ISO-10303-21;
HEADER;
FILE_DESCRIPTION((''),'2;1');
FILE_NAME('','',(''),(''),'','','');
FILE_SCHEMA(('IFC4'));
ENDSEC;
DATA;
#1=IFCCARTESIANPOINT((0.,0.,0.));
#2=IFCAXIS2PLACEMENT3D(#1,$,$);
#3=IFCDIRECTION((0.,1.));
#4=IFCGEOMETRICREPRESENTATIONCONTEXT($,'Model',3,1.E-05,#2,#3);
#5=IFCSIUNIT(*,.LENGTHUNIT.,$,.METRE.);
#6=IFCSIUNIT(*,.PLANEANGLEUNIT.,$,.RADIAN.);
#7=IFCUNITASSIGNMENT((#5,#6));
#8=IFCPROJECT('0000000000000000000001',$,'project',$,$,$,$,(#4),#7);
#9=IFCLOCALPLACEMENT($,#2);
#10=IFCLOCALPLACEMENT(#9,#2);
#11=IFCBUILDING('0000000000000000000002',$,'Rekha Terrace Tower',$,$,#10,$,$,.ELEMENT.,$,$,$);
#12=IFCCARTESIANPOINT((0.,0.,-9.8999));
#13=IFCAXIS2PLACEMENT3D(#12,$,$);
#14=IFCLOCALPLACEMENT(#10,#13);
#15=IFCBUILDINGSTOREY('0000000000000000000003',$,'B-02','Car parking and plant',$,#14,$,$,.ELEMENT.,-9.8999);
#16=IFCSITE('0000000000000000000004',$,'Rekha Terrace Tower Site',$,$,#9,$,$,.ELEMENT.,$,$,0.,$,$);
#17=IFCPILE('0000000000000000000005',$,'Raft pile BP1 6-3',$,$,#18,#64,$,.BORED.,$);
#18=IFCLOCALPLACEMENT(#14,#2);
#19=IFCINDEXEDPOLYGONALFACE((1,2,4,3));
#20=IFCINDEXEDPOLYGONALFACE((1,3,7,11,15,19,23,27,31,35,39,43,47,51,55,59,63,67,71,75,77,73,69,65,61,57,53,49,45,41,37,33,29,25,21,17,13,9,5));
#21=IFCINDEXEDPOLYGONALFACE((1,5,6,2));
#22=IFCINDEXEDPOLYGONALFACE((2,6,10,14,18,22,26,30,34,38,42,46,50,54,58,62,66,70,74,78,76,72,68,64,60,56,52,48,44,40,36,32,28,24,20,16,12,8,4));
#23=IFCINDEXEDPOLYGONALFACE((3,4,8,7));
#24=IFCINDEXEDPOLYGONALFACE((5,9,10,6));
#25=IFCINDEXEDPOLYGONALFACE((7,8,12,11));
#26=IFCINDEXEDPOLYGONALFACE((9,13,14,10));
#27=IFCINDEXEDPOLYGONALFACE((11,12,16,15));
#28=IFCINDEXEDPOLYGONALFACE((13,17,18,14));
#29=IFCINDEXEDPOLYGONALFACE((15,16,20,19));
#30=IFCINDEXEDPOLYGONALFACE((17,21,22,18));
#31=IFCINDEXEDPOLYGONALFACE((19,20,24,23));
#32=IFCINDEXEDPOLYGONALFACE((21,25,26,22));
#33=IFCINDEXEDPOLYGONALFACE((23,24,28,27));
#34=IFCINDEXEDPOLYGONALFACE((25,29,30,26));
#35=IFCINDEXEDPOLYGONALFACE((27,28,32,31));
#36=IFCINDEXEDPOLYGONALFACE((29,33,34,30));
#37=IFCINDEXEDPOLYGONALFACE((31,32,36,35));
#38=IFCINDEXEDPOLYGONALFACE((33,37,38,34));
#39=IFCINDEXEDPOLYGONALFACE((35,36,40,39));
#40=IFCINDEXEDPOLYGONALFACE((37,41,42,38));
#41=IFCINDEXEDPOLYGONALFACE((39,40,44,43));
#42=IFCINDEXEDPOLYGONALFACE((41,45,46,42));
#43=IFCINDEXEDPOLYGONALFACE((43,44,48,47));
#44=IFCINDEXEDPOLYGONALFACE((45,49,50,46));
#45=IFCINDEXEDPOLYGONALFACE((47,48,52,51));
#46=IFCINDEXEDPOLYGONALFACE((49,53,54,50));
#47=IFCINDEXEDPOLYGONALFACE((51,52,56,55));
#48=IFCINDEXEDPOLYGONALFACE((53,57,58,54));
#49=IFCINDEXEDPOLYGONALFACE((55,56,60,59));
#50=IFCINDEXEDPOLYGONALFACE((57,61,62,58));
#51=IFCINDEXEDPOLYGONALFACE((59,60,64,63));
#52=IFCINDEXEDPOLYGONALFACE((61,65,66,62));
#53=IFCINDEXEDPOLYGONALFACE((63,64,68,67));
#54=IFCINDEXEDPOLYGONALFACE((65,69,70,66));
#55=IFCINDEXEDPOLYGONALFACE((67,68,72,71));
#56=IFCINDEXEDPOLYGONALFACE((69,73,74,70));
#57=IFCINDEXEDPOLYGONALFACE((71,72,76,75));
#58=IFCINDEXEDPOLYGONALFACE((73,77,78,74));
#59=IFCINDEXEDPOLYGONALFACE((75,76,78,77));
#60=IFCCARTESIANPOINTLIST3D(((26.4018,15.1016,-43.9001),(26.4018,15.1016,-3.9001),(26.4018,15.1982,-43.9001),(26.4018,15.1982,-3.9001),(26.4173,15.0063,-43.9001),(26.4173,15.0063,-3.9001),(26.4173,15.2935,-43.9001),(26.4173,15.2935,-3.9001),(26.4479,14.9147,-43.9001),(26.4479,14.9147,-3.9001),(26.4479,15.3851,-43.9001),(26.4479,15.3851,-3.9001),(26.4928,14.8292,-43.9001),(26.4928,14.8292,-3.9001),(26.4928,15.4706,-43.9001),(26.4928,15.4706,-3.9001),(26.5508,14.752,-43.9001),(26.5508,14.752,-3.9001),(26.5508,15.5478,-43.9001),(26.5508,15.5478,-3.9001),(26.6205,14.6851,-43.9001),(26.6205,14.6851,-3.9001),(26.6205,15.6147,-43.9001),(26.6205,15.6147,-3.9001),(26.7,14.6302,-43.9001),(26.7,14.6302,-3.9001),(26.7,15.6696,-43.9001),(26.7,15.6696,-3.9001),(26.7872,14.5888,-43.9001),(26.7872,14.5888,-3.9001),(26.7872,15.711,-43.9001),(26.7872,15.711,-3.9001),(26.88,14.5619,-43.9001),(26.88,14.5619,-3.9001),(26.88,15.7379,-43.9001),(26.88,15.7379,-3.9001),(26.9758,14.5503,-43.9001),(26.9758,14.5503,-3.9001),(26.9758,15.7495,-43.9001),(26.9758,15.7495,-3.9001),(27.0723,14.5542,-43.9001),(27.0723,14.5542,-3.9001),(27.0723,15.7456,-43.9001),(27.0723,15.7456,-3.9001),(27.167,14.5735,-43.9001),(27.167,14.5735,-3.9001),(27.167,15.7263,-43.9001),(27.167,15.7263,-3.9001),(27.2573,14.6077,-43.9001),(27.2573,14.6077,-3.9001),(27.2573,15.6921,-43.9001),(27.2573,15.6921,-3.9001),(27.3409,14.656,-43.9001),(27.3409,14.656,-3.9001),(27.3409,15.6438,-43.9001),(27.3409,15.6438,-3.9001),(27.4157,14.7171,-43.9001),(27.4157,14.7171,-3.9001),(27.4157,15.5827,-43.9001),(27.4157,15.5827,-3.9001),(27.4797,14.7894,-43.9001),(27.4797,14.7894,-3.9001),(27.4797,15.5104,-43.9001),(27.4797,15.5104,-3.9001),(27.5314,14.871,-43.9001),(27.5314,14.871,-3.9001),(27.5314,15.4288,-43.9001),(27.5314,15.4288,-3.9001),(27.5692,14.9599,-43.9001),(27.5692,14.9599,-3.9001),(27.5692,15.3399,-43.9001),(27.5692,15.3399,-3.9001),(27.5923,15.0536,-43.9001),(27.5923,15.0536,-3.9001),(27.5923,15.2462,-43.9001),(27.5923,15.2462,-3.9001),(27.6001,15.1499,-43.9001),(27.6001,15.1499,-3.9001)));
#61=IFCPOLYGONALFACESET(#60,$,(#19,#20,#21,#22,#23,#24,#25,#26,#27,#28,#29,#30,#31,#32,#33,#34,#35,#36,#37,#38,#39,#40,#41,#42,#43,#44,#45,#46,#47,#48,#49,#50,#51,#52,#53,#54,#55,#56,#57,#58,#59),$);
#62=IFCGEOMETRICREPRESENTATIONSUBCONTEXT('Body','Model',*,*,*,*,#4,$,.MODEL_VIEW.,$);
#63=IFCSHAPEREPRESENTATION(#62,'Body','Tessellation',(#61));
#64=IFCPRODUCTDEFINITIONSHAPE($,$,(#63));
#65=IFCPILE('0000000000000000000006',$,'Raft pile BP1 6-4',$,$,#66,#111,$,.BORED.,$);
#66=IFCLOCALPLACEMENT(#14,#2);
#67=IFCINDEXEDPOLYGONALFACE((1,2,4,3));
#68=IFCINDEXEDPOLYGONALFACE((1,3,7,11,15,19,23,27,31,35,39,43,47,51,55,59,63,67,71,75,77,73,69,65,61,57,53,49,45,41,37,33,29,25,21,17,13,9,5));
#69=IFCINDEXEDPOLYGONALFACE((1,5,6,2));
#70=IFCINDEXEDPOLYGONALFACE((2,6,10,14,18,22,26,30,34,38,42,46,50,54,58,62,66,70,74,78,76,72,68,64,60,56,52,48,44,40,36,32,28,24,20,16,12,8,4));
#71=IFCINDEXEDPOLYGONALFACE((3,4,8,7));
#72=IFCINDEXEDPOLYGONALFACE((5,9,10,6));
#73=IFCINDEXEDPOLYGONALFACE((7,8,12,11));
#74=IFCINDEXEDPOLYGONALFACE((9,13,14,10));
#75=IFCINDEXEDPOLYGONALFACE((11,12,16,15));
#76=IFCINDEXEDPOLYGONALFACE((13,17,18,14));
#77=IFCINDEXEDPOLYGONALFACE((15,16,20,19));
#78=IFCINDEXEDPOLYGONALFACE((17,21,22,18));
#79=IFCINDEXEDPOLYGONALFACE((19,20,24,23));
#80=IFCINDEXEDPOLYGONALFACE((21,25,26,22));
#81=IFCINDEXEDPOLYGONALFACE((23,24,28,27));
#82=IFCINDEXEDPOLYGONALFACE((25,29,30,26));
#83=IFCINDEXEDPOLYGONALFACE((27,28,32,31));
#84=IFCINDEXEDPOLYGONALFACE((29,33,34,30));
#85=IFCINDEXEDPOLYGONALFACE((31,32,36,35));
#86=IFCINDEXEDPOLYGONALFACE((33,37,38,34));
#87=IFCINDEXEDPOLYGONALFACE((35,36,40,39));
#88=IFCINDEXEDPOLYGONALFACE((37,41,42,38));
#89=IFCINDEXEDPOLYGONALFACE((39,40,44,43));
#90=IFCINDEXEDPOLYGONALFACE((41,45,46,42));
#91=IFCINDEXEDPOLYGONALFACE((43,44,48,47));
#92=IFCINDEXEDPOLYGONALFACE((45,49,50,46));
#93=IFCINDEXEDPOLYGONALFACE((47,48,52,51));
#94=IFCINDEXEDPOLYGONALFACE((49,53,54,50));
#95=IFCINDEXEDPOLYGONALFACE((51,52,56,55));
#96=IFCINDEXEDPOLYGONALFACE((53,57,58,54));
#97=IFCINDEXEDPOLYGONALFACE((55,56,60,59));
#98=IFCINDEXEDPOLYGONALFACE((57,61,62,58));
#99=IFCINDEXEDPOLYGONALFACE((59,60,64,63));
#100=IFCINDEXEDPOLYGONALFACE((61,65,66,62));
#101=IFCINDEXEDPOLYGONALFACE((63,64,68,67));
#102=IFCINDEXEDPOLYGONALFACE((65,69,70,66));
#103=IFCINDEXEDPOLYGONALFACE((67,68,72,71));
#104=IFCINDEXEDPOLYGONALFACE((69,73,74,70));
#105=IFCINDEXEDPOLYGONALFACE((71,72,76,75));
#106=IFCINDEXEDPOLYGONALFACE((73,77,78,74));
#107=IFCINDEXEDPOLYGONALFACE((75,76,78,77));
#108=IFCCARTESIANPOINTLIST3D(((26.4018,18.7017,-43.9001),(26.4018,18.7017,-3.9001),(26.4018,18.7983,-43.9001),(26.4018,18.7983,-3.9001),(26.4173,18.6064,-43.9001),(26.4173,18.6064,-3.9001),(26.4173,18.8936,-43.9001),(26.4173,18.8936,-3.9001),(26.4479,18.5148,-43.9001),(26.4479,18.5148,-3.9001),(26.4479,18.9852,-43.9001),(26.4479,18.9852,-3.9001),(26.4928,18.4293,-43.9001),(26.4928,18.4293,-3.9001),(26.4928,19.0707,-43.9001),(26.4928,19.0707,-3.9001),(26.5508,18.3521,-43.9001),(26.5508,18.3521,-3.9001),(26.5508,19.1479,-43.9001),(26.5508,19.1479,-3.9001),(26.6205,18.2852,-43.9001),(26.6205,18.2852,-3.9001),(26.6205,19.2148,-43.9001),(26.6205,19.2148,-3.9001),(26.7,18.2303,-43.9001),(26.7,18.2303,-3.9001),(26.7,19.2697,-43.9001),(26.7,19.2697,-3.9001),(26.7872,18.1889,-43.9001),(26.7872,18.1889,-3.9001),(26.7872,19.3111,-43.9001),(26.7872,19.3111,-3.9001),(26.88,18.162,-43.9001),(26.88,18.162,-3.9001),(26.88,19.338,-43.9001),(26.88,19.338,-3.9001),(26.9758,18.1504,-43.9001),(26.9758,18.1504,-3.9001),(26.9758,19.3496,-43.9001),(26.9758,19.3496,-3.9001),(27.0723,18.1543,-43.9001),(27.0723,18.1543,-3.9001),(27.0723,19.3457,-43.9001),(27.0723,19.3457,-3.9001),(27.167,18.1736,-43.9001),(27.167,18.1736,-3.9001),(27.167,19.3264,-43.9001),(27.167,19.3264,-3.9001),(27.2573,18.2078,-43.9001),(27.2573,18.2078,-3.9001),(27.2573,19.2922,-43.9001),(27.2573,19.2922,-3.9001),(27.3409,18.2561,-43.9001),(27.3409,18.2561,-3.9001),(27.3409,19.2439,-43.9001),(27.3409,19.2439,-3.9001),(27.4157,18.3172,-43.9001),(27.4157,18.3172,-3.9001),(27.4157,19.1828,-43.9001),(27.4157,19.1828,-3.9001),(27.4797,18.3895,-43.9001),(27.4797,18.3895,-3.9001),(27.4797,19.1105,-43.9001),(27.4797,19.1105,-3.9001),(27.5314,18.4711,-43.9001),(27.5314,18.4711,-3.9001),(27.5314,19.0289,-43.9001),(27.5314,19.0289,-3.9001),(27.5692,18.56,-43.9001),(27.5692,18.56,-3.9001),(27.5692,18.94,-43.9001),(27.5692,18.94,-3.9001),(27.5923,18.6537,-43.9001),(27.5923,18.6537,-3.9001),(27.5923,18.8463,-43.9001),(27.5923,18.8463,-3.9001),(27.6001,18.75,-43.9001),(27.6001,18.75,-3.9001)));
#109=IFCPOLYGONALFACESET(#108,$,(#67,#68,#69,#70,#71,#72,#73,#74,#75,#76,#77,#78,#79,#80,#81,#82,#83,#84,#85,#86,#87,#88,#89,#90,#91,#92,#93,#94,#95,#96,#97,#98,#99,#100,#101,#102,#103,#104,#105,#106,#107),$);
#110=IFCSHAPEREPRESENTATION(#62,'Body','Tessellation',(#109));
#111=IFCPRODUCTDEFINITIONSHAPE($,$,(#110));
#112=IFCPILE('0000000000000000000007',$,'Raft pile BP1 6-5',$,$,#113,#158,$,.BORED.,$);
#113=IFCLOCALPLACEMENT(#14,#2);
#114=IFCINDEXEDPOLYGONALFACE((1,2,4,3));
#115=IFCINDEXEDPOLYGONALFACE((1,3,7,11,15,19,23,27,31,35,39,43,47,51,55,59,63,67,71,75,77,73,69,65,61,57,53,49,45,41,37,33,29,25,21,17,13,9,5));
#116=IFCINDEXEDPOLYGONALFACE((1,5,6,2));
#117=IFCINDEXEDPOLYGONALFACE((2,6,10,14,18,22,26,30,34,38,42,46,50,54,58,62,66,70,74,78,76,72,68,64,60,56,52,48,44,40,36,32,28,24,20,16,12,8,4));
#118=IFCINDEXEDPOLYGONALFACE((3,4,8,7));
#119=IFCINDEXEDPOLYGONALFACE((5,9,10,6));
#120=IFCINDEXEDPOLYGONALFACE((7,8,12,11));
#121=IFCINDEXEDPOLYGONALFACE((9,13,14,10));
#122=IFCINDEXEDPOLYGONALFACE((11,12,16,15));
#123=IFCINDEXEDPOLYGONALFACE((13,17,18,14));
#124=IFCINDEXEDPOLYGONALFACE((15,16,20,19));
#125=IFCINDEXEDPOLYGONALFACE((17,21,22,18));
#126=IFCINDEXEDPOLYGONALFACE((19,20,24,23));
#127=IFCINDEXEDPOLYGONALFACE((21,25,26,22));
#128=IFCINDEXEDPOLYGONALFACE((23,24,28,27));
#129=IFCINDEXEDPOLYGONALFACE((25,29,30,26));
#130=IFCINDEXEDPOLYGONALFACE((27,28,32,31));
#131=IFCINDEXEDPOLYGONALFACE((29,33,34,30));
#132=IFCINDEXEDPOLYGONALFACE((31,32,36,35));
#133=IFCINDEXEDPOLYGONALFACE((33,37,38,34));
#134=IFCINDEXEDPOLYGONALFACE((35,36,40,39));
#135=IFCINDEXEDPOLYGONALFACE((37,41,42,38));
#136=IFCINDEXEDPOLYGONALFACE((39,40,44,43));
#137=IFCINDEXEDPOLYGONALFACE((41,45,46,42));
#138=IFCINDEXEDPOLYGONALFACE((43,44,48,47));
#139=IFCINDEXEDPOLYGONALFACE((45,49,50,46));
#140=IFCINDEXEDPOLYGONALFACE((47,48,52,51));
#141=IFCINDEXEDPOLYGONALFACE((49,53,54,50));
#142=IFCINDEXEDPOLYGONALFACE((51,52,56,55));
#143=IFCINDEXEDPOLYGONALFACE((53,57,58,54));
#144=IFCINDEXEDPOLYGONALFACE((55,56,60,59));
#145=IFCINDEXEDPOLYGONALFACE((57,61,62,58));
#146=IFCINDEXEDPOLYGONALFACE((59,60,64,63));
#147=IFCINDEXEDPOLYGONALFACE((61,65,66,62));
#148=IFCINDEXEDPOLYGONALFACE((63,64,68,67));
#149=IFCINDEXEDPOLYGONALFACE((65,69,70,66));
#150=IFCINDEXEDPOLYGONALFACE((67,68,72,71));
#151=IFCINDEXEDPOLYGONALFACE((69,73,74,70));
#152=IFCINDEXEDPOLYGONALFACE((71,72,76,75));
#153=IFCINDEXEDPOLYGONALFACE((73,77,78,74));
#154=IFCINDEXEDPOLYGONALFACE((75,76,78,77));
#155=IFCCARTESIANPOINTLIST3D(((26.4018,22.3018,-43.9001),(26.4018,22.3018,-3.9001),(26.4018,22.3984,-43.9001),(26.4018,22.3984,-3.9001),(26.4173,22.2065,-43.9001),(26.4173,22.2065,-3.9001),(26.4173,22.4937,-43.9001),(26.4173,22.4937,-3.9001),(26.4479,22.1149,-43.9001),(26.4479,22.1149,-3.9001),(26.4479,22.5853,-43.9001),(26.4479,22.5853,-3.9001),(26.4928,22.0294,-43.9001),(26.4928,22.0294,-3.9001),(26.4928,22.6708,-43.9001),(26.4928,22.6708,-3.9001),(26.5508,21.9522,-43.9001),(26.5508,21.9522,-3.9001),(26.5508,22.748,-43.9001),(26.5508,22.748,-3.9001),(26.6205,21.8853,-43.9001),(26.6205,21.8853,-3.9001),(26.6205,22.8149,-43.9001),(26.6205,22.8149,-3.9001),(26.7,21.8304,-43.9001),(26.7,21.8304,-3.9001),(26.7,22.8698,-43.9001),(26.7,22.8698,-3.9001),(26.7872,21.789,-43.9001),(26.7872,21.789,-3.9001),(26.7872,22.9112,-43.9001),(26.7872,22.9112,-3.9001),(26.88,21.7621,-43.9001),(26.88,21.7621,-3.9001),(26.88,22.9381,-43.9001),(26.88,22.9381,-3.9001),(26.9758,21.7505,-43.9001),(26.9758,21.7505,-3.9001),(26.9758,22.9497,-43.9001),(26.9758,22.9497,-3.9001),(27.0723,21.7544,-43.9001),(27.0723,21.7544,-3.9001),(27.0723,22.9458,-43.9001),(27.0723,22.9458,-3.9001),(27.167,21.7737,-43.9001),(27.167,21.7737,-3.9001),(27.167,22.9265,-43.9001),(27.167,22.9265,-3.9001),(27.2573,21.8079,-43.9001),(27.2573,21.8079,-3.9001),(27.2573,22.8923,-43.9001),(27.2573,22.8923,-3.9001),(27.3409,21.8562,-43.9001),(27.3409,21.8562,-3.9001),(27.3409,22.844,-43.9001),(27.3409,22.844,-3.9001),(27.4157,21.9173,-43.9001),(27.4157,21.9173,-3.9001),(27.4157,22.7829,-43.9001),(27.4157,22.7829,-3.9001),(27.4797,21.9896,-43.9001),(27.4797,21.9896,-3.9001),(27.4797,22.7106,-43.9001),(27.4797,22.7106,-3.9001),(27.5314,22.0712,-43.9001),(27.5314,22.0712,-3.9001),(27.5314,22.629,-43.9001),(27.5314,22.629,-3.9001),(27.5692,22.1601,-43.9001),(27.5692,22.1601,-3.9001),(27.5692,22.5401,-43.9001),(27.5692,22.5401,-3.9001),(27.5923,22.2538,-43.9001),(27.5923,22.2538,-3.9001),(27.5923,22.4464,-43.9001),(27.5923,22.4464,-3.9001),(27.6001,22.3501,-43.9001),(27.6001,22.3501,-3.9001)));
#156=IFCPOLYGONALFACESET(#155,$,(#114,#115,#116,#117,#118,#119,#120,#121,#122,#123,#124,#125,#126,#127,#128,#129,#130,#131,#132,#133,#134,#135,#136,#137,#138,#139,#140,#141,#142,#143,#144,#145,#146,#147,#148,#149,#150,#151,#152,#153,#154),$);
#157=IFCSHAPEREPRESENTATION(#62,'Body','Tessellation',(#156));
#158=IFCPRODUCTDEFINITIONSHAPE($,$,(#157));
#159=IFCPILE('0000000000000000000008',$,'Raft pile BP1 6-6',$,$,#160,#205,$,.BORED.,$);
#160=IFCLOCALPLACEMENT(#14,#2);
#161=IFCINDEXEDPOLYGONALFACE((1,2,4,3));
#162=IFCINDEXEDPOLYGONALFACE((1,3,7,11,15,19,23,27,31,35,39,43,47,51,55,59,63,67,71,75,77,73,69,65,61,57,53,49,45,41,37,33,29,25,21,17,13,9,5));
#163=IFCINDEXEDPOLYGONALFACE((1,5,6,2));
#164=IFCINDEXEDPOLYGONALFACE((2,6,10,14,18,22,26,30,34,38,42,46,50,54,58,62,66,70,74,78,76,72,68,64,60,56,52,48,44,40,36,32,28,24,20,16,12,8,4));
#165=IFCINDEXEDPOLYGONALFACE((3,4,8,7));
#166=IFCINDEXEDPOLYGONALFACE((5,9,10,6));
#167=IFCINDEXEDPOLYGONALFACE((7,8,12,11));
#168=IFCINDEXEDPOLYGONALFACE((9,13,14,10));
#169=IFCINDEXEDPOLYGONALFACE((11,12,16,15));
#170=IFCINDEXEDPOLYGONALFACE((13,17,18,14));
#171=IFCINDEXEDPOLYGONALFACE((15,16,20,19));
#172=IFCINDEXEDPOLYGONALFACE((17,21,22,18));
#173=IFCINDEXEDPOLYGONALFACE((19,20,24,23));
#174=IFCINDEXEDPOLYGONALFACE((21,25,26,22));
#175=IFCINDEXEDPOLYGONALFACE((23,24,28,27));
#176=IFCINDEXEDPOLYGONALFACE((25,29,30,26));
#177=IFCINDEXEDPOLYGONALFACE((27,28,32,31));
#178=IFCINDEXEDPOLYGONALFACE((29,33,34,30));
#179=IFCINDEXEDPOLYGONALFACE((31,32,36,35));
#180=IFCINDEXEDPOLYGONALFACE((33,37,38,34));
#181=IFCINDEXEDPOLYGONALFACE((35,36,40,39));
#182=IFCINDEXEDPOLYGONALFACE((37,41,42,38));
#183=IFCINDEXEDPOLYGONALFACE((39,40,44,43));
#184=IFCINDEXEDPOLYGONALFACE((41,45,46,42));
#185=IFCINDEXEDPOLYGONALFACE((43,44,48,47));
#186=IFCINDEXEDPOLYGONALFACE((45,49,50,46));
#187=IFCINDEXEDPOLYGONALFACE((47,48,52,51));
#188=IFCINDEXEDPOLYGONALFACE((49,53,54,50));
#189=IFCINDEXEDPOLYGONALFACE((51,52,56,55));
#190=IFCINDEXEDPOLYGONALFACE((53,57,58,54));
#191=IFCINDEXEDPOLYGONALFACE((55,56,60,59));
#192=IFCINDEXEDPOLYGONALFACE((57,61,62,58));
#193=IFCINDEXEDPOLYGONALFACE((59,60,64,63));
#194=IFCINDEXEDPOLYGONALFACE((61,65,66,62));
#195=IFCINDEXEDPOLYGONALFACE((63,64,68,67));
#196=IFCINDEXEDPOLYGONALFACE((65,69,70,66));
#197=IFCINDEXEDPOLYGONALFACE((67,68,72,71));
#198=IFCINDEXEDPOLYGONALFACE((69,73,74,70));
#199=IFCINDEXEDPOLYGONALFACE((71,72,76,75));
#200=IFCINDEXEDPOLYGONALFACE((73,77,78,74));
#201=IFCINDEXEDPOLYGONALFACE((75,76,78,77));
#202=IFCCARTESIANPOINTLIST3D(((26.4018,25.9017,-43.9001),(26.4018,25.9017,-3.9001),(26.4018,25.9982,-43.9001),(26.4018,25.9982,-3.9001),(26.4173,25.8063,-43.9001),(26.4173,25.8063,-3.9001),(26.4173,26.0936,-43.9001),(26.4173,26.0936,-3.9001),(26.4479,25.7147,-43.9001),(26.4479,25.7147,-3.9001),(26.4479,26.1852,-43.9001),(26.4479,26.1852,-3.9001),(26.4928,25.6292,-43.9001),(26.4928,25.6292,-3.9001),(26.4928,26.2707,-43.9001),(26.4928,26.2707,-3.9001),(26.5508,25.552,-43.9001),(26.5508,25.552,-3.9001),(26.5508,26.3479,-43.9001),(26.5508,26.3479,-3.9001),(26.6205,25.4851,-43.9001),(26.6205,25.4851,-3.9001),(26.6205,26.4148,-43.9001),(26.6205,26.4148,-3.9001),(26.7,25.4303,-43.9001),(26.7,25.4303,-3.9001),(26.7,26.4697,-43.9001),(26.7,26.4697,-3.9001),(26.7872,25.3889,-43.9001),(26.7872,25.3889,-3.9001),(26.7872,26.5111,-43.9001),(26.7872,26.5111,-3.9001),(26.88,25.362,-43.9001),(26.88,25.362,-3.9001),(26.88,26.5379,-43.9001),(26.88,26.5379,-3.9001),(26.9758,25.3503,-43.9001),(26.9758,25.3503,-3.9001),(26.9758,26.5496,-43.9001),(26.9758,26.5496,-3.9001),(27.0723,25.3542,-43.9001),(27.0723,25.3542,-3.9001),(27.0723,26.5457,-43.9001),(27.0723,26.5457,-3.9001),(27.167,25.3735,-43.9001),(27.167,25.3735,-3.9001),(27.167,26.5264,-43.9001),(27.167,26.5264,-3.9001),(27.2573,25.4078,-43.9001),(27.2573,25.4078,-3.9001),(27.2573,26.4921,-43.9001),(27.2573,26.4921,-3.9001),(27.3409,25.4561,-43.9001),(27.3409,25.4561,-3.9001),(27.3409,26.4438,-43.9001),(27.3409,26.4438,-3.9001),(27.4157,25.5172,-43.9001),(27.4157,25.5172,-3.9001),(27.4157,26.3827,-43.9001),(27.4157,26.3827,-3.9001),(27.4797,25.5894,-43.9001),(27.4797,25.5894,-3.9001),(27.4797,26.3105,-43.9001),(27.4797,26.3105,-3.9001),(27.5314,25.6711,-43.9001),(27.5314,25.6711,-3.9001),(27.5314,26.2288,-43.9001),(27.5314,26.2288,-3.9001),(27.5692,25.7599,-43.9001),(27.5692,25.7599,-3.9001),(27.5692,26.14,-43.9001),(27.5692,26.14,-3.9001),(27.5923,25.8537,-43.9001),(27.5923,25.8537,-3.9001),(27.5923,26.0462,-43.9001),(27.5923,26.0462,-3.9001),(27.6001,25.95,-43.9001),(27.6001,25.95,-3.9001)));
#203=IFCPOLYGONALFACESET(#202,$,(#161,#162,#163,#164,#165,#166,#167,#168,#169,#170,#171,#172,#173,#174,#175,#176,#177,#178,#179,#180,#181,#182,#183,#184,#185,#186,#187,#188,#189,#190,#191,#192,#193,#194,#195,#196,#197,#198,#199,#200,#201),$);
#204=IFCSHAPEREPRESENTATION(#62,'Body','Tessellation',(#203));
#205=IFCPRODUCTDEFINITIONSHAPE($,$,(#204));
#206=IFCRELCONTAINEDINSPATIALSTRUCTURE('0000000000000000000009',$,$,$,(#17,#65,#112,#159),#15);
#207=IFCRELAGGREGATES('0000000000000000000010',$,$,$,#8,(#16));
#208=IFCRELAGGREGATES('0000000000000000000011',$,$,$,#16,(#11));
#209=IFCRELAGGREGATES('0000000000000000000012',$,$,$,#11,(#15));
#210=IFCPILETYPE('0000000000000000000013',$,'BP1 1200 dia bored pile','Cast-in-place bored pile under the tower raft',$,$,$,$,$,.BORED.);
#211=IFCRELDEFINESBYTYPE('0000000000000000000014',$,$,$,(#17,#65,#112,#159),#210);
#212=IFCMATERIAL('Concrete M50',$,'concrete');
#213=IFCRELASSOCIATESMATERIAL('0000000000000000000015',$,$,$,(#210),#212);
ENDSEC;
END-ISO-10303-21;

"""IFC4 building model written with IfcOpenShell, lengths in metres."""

from ifc_helpers import new_model, si_unit, direction, frame, origin, origin_2d, place, context, subcontext, project, spatial, circle, extrude, material, type_object, element, save


model = new_model("IFC4")

# Units and contexts
model_context = context("Model", 3, precision=1e-05, world=origin(), true_north=direction((0.0, 1.0)))
body_context = subcontext(model_context, "Body", "Model", "MODEL_VIEW")
ifc_project = project(units=[si_unit("LENGTHUNIT", "METRE"), si_unit("PLANEANGLEUNIT", "RADIAN")], contexts=[model_context])

# Site, building, storey
site_placement = place(None, origin())
site = spatial("IfcSite", under=ifc_project, at=site_placement, Name="Rekha Terrace Tower Site", CompositionType="ELEMENT", RefElevation=0.0)
building_placement = place(site_placement, origin())
building = spatial("IfcBuilding", under=site, at=building_placement, Name="Rekha Terrace Tower", CompositionType="ELEMENT")
storey_placement = place(building_placement, frame((0.0, 0.0, -9.8999)))
storey = spatial("IfcBuildingStorey", under=building, at=storey_placement, Name="B-02", Description="Car parking and plant", CompositionType="ELEMENT", Elevation=-9.8999)

# Piles
ifc_material_1 = material(Name="Concrete M50", Category="concrete")
pile_type = type_object("IfcPileType", Name="BP1 1200 dia bored pile", Description="Cast-in-place bored pile under the tower raft", PredefinedType="BORED", material=ifc_material_1)
for number, where, z_axis, x_axis, name in (
    (1, (27.0, 15.1499, -3.9001), (0.0, 0.0, -1.0), (1.0, 0.0, 0.0), "Raft pile BP1 6-3"),
    (2, (27.0, 18.75, -3.9001), (0.0, 0.0, -1.0), (1.0, 0.0, 0.0), "Raft pile BP1 6-4"),
    (3, (27.0, 22.3501, -3.9001), (0.0, 0.0, -1.0), (1.0, 0.0, 0.0), "Raft pile BP1 6-5"),
    (4, (27.0, 25.95, -3.9001), (0.0, 0.0, -1.0), (1.0, 0.0, 0.0), "Raft pile BP1 6-6"),
):
    element("IfcPile", number, at=place(storey_placement, frame(where, z_axis=z_axis, x_axis=x_axis)), inside=storey, type_object=pile_type, Name=name, PredefinedType="BORED", context=body_context, shape_type="SweptSolid", body=[
        extrude(circle(Radius=0.6001, at=origin_2d()), origin(), (0.0, 0.0, 1.0), 40.0),
    ])

save(model, "model.ifc")
